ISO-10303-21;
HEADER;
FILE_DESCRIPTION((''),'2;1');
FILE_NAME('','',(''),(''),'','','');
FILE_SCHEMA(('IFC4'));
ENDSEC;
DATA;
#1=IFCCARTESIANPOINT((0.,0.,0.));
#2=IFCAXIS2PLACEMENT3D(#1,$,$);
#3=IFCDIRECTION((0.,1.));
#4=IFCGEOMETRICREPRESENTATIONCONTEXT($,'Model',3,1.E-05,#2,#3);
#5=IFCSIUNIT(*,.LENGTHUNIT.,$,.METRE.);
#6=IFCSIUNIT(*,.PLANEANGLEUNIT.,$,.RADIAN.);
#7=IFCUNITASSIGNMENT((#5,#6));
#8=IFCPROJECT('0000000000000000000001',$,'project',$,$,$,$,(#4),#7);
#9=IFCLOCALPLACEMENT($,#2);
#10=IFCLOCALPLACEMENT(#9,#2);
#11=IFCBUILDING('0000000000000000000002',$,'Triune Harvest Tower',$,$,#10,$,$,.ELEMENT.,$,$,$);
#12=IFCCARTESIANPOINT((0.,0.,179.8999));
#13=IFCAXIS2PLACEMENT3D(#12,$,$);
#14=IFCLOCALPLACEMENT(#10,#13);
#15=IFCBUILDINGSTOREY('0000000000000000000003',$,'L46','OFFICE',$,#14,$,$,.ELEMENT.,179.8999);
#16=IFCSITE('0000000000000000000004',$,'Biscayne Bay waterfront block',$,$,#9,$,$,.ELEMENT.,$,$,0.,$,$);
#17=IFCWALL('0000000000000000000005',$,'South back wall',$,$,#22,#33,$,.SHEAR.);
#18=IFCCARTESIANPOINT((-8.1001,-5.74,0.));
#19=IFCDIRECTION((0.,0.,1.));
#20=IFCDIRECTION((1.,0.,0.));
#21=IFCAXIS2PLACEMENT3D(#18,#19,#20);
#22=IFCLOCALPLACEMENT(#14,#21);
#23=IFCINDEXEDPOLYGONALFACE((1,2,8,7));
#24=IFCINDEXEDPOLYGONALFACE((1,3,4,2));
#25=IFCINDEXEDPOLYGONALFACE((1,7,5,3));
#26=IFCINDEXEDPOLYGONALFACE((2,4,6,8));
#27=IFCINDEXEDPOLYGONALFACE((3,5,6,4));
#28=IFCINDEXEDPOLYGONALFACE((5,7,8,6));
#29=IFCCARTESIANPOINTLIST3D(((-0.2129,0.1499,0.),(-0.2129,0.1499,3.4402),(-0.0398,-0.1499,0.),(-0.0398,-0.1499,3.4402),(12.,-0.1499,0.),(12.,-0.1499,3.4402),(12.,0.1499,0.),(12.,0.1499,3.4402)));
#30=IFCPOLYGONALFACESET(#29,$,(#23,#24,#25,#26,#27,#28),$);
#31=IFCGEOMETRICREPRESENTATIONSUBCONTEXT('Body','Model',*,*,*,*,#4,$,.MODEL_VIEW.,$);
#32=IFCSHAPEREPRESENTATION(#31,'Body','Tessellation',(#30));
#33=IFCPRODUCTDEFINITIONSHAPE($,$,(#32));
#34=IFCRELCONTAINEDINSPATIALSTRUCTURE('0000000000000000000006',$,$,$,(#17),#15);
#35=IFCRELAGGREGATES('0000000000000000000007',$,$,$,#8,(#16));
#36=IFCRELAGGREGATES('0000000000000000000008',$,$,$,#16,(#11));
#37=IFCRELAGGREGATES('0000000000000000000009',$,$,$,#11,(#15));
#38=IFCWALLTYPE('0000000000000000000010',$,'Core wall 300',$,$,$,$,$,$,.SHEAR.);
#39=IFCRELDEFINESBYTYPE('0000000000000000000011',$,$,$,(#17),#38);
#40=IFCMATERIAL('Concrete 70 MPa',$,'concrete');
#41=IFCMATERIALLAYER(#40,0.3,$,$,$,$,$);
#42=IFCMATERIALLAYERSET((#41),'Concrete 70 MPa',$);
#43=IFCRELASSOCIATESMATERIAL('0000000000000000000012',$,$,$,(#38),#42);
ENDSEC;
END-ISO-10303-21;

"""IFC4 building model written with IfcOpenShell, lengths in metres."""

from ifc_helpers import new_model, si_unit, direction, frame, origin, place, context, subcontext, project, spatial, polyline, outline, extrude, source, transform, mapped, material, layer, layer_set, type_object, element, save


model = new_model("IFC4")

# Units and contexts
model_context = context("Model", 3, precision=1e-05, world=origin(), true_north=direction((0.0, 1.0)))
body_context = subcontext(model_context, "Body", "Model", "MODEL_VIEW")
ifc_project = project(units=[si_unit("LENGTHUNIT", "METRE"), si_unit("PLANEANGLEUNIT", "RADIAN")], contexts=[model_context])

# Site, building, storey
site_placement = place(None, origin())
site = spatial("IfcSite", under=ifc_project, at=site_placement, Name="Biscayne Bay waterfront block", CompositionType="ELEMENT", RefElevation=0.0)
building_placement = place(site_placement, origin())
building = spatial("IfcBuilding", under=site, at=building_placement, Name="Triune Harvest Tower", CompositionType="ELEMENT")
storey_placement = place(building_placement, frame((0.0, 0.0, 179.8999)))
storey = spatial("IfcBuildingStorey", under=building, at=storey_placement, Name="L46", Description="OFFICE", CompositionType="ELEMENT", Elevation=179.8999)

# Shared definitions
ifc_material_1 = material(Name="Concrete 70 MPa", Category="concrete")
ifc_layer_1 = layer(ifc_material_1, 0.3)
ifc_layer_set_1 = layer_set([ifc_layer_1], Name="Concrete 70 MPa")
wall_type_1 = type_object("IfcWallType", Name="Core wall 300", PredefinedType="SHEAR", material=ifc_layer_set_1)

# Wall
shared_shape_1 = source(origin(), body_context, "Body", "SweptSolid", [
    extrude(outline(polyline([(12.0, -0.1499), (-0.0398, -0.1499), (-0.2129, 0.1499), (12.0, 0.1499), (12.0, -0.1499)])), origin(), (0.0, 0.0, 1.0), 3.4402),
])
wall_1_placement = place(storey_placement, frame((-8.1001, -5.74, 0.0), z_axis=(0.0, 0.0, 1.0), x_axis=(1.0, 0.0, 0.0)))
element("IfcWall", 1, at=wall_1_placement, inside=storey, type_object=wall_type_1, Name="South back wall", PredefinedType="SHEAR", context=body_context, shape_type="MappedRepresentation", body=[
    mapped(shared_shape_1, transform((0.0, 0.0, 0.0), scale=1.0)),
])

save(model, "model.ifc")
